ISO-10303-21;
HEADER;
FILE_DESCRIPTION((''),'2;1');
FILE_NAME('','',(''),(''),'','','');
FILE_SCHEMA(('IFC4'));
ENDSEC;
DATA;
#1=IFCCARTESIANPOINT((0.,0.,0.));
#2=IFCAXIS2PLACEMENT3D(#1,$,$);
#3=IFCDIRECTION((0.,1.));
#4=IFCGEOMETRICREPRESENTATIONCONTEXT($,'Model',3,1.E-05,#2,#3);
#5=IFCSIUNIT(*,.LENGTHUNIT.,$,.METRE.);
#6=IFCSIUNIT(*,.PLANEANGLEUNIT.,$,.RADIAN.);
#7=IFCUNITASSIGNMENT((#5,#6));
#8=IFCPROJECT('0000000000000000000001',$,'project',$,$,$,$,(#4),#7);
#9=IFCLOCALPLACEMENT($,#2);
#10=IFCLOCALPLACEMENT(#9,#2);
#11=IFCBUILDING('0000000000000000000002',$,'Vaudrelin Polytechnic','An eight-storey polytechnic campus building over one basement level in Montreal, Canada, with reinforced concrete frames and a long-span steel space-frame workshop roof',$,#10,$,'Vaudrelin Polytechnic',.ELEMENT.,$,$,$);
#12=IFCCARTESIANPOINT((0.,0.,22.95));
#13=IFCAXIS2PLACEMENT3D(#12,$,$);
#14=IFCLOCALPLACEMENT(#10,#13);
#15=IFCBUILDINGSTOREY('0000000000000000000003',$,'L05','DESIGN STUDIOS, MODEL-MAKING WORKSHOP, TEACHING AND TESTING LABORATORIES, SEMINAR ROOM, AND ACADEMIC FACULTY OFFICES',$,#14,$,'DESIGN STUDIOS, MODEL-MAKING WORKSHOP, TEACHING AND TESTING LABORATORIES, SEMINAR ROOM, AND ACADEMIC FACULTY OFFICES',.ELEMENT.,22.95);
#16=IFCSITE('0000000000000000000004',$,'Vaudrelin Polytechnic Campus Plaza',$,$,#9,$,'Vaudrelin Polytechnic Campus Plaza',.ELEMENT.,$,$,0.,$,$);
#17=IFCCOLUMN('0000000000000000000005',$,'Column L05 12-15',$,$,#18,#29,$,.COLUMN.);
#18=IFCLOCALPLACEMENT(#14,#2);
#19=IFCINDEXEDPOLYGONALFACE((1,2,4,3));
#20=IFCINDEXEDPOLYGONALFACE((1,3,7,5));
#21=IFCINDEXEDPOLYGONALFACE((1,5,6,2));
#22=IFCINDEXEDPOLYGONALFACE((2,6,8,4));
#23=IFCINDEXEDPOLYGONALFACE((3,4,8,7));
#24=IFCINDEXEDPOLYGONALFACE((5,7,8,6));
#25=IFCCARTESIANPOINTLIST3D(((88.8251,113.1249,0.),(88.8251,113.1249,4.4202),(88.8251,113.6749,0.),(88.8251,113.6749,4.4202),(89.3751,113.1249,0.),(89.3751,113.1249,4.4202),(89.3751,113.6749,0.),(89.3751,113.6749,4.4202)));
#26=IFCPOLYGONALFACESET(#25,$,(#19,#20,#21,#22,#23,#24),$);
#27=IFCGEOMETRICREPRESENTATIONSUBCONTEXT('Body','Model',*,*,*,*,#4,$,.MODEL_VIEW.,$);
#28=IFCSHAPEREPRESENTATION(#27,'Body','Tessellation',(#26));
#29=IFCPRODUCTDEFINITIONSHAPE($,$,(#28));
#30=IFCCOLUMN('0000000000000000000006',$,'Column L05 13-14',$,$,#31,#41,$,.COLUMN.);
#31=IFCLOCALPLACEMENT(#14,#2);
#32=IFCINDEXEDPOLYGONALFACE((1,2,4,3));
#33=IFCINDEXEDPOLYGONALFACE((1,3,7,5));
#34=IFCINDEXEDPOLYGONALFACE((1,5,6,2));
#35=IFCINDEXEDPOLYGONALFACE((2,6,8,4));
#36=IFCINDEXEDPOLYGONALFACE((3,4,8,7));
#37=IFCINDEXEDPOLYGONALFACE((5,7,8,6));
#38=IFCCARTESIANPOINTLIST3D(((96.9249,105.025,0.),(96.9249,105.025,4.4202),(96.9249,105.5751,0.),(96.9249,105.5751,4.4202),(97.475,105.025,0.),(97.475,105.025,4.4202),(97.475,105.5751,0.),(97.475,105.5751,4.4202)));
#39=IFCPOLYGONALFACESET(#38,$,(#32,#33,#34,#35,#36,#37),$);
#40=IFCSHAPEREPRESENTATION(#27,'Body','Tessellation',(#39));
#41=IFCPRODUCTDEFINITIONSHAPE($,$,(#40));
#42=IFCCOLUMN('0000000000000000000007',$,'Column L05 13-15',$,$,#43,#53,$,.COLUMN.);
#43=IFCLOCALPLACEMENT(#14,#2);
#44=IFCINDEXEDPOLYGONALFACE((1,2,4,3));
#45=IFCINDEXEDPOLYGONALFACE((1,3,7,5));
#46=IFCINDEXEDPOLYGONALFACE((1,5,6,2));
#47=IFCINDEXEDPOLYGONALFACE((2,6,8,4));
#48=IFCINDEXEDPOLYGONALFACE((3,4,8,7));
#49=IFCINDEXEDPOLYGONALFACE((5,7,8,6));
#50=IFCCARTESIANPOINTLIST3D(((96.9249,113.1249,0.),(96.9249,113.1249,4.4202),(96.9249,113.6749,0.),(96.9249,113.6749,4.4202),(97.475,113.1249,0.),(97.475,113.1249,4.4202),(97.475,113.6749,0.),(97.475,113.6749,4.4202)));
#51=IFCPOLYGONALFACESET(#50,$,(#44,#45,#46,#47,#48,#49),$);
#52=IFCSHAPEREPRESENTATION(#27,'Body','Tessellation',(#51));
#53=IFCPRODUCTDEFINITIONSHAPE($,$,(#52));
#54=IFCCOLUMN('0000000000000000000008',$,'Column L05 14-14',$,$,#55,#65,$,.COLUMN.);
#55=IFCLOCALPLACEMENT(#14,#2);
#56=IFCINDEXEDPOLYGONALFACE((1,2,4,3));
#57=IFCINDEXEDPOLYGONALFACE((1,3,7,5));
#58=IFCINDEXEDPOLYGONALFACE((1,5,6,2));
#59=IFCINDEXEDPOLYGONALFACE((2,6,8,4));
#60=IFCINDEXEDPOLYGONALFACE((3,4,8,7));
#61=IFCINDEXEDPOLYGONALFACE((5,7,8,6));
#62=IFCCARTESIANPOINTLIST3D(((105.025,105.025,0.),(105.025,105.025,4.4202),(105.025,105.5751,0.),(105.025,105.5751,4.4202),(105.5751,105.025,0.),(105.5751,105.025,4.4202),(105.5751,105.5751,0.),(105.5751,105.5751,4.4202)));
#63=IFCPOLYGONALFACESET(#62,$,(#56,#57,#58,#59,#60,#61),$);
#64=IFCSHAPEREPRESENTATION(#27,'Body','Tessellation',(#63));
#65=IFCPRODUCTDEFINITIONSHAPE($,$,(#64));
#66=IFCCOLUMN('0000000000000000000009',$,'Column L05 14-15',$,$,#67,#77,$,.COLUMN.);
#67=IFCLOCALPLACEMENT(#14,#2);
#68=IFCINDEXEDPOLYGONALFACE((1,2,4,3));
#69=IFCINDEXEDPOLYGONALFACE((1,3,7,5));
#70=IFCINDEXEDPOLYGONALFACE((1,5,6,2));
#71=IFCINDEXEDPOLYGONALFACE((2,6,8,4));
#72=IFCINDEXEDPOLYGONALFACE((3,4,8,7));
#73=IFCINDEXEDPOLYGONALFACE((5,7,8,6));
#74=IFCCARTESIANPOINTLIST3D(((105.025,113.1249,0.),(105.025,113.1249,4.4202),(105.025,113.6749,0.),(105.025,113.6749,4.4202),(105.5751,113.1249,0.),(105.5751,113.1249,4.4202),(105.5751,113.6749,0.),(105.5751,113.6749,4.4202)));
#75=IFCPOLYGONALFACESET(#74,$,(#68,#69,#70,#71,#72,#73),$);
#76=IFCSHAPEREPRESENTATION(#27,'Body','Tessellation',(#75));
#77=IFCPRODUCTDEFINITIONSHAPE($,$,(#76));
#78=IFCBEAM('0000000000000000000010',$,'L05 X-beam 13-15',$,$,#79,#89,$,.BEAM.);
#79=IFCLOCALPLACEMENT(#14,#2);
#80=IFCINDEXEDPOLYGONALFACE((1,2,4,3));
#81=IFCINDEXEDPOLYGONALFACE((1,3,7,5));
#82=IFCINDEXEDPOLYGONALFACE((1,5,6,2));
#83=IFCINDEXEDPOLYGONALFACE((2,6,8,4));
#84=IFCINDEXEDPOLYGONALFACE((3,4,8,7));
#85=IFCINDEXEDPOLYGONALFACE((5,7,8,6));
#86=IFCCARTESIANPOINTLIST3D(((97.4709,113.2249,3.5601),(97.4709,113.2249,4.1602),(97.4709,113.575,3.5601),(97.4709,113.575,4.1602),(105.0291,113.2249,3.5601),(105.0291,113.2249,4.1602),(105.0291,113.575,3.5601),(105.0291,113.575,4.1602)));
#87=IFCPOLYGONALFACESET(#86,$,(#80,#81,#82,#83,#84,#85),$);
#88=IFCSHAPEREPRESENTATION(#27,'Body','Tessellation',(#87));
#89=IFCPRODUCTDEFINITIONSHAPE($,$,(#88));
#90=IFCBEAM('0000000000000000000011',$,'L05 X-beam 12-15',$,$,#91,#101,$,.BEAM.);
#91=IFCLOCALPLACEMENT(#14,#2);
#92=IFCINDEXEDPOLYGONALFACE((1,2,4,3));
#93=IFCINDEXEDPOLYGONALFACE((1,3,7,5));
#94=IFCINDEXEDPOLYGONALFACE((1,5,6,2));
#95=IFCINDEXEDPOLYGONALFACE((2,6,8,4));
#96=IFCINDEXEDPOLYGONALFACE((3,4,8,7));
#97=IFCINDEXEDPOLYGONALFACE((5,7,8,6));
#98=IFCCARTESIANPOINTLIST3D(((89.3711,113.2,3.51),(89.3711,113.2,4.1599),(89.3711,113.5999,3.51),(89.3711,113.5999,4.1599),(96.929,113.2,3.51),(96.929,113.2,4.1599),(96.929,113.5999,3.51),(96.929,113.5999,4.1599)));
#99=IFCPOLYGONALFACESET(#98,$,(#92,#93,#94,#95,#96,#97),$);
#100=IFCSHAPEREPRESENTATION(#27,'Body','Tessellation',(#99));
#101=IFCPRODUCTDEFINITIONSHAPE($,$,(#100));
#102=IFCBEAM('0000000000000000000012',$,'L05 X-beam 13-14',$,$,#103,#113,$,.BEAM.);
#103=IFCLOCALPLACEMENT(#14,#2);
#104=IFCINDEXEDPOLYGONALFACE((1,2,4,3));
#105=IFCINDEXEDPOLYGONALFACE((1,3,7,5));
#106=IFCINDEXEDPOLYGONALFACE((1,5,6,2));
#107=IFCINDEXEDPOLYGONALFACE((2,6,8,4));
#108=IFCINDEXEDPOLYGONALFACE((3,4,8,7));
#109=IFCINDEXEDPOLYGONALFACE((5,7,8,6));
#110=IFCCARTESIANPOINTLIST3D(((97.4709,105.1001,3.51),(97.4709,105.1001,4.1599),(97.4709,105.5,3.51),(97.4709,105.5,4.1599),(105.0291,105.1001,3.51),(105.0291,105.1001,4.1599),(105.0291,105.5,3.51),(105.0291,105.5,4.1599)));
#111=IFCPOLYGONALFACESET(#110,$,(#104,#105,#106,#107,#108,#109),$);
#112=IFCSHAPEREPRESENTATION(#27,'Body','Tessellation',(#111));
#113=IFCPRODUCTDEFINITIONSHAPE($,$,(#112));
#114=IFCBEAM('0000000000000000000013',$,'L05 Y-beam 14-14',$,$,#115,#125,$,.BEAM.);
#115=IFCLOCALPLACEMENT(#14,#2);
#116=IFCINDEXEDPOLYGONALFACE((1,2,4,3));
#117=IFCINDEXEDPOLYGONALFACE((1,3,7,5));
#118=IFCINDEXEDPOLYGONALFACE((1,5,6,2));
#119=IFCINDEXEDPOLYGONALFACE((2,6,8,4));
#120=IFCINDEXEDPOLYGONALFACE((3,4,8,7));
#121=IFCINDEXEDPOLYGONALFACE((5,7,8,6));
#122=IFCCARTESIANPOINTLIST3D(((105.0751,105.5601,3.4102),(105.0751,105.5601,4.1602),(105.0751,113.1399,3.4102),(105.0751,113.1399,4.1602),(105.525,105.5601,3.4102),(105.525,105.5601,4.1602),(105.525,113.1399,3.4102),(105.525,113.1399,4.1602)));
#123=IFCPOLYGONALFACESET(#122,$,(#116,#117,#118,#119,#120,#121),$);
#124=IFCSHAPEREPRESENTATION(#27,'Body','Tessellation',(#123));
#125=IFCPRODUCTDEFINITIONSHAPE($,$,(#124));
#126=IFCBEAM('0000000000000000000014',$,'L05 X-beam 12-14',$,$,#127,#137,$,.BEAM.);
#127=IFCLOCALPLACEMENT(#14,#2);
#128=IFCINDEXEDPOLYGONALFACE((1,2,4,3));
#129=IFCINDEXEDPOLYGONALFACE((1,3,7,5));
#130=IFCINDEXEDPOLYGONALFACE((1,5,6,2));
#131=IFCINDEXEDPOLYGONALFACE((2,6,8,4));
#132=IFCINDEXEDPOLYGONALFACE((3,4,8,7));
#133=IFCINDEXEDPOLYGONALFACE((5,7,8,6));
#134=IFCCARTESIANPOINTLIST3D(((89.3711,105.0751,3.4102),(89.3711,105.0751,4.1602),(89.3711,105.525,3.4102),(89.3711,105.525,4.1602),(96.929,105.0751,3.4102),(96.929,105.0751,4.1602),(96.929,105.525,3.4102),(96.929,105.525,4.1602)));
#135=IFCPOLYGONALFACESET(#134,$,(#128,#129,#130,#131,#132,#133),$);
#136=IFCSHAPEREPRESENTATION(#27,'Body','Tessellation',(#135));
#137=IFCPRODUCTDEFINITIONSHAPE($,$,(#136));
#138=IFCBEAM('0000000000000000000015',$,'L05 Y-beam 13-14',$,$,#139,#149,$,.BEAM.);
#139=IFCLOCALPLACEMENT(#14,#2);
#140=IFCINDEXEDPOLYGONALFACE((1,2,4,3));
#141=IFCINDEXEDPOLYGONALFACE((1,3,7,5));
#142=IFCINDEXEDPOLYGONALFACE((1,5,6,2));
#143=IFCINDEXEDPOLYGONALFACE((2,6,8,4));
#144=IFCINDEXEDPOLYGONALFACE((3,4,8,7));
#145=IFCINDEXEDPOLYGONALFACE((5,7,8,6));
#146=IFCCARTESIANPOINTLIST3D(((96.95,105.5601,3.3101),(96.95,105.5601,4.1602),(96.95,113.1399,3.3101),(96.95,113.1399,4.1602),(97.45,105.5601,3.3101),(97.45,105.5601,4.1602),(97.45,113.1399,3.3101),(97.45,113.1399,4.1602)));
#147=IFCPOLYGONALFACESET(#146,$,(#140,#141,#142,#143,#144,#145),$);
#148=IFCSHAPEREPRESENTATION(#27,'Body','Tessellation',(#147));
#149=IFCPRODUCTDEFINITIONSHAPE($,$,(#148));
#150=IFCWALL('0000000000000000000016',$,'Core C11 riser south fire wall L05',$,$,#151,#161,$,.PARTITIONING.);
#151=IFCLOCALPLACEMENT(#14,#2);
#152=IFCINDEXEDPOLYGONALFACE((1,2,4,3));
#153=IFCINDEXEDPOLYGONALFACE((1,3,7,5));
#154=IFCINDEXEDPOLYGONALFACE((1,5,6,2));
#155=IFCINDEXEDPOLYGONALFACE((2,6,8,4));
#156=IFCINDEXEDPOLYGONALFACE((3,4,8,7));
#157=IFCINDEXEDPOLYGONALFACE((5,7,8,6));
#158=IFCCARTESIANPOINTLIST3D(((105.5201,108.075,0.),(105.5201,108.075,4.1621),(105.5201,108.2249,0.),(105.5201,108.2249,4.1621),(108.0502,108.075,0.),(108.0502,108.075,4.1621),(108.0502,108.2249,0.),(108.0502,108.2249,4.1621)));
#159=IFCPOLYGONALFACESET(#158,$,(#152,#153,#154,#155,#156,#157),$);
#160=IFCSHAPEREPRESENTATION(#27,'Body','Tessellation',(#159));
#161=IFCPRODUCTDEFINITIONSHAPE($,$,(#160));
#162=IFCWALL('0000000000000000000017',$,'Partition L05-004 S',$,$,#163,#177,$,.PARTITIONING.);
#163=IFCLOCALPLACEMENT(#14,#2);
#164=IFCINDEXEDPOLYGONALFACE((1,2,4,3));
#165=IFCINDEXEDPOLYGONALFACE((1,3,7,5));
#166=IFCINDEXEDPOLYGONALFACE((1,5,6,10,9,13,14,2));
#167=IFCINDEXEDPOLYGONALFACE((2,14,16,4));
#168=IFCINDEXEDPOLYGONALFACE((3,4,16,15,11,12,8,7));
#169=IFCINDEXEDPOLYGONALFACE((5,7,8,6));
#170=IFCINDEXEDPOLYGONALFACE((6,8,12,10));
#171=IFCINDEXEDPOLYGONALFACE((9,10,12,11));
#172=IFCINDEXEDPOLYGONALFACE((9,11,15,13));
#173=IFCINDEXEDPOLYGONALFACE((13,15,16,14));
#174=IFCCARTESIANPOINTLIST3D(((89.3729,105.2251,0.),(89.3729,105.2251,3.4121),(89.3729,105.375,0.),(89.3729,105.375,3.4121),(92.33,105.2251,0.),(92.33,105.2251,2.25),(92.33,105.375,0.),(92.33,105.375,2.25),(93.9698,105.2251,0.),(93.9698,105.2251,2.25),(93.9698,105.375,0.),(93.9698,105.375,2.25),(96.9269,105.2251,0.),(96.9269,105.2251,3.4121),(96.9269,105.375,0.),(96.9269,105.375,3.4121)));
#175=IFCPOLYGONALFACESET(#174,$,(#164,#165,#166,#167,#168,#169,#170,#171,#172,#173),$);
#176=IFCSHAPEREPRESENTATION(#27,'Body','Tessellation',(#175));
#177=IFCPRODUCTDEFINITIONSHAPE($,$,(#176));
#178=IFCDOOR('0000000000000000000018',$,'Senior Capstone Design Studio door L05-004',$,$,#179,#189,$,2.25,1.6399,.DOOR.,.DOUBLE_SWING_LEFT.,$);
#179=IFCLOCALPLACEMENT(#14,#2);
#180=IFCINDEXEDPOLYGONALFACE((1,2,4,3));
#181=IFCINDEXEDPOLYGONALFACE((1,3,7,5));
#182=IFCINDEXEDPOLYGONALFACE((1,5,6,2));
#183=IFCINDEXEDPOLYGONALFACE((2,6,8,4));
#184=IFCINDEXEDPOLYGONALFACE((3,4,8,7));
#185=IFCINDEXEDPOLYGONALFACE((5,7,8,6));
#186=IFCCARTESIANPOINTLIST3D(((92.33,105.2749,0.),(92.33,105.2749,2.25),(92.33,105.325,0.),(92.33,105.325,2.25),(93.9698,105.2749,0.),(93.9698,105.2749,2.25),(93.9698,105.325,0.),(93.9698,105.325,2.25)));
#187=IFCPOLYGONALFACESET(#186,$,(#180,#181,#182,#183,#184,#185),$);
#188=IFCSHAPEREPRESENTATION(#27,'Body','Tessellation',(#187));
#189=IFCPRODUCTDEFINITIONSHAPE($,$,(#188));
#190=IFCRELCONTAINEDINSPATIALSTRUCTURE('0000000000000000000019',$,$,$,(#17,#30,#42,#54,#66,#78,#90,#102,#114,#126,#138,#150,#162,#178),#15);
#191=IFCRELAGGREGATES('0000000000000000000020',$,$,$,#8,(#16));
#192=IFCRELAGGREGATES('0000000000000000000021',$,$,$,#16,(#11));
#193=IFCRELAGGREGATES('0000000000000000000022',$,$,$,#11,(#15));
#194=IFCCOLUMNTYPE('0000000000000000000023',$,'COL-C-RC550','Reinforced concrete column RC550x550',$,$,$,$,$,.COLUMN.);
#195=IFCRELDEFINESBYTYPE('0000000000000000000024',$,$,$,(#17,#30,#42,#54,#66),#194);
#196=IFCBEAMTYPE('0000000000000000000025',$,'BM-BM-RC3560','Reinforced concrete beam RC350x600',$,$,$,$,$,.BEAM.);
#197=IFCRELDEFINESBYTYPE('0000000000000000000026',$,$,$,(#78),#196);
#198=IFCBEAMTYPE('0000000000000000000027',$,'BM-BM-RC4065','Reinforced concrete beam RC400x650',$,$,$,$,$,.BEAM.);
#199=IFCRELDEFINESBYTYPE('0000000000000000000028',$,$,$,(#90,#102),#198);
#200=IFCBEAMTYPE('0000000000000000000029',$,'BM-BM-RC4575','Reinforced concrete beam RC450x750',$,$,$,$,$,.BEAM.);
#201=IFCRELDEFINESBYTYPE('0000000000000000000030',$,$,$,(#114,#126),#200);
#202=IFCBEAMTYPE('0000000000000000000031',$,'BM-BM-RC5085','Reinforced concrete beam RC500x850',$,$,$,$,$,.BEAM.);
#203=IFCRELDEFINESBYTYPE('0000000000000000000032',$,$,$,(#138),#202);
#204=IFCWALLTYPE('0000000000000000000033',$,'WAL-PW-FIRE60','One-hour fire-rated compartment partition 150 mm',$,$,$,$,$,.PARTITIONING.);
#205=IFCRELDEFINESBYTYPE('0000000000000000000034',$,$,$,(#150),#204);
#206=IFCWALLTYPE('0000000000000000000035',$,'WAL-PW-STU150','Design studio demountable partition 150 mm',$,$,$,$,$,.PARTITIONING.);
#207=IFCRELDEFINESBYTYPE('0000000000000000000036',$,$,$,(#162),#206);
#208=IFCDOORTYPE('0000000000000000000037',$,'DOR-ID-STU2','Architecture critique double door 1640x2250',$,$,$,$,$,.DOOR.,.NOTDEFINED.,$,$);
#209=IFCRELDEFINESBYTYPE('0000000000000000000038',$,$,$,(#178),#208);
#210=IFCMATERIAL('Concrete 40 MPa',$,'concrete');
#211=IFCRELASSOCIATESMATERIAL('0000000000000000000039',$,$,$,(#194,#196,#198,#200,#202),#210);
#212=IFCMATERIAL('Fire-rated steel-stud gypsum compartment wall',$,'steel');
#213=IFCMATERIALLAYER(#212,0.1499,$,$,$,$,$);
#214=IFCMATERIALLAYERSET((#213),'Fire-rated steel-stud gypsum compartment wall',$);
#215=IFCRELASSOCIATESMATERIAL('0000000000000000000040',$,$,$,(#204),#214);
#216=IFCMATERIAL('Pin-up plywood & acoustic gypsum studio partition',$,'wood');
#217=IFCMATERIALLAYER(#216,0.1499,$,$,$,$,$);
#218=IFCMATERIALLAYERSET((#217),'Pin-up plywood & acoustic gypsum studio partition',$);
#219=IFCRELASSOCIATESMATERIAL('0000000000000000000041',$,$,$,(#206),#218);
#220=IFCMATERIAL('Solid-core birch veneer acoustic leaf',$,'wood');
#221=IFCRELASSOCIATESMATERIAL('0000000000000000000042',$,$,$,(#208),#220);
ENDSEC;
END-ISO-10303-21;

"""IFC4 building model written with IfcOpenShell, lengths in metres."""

from ifc_helpers import new_model, si_unit, direction, frame, frame_2d, origin, origin_2d, place, context, subcontext, project, spatial, rectangle, extrude, material, layer, layer_set, material_profile, profile_set, type_object, element, fill, save


model = new_model("IFC4")

# Units and contexts
model_context = context("Model", 3, precision=1e-05, world=origin(), true_north=direction((0.0, 1.0)))
body_context = subcontext(model_context, "Body", "Model", "MODEL_VIEW")
ifc_project = project(units=[si_unit("LENGTHUNIT", "METRE"), si_unit("PLANEANGLEUNIT", "RADIAN")], contexts=[model_context])

# Site, building, storey
site_placement = place(None, origin())
site = spatial("IfcSite", under=ifc_project, at=site_placement, Name="Vaudrelin Polytechnic Campus Plaza", LongName="Vaudrelin Polytechnic Campus Plaza", CompositionType="ELEMENT", RefElevation=0.0)
building_placement = place(site_placement, origin())
building = spatial("IfcBuilding", under=site, at=building_placement, Name="Vaudrelin Polytechnic", Description="An eight-storey polytechnic campus building over one basement level in Montreal, Canada, with reinforced concrete frames and a long-span steel space-frame workshop roof", LongName="Vaudrelin Polytechnic", CompositionType="ELEMENT")
storey_placement = place(building_placement, frame((0.0, 0.0, 22.95)))
storey = spatial("IfcBuildingStorey", under=building, at=storey_placement, Name="L05", Description="DESIGN STUDIOS, MODEL-MAKING WORKSHOP, TEACHING AND TESTING LABORATORIES, SEMINAR ROOM, AND ACADEMIC FACULTY OFFICES", LongName="DESIGN STUDIOS, MODEL-MAKING WORKSHOP, TEACHING AND TESTING LABORATORIES, SEMINAR ROOM, AND ACADEMIC FACULTY OFFICES", CompositionType="ELEMENT", Elevation=22.95)

# Columns
ifc_material_1 = material(Name="Concrete 40 MPa", Category="concrete")
ifc_material_profile_1 = material_profile(ifc_material_1, rectangle(XDim=0.55, YDim=0.55, at=origin_2d()), Name="RC550x550")
ifc_profile_set_1 = profile_set([ifc_material_profile_1], Name="Concrete 40 MPa")
column_type = type_object("IfcColumnType", Name="COL-C-RC550", Description="Reinforced concrete column RC550x550", PredefinedType="COLUMN", material=ifc_profile_set_1)
for number, where, z_axis, x_axis, name in (
    (1, (89.1001, 113.3999, 0.0), (0.0, 0.0, 1.0), (1.0, 0.0, 0.0), "Column L05 12-15"),
    (2, (97.2, 105.3, 0.0), (0.0, 0.0, 1.0), (1.0, 0.0, 0.0), "Column L05 13-14"),
    (3, (97.2, 113.3999, 0.0), (0.0, 0.0, 1.0), (1.0, 0.0, 0.0), "Column L05 13-15"),
    (4, (105.3, 105.3, 0.0), (0.0, 0.0, 1.0), (1.0, 0.0, 0.0), "Column L05 14-14"),
    (5, (105.3, 113.3999, 0.0), (0.0, 0.0, 1.0), (1.0, 0.0, 0.0), "Column L05 14-15"),
):
    element("IfcColumn", number, at=place(storey_placement, frame(where, z_axis=z_axis, x_axis=x_axis)), inside=storey, type_object=column_type, Name=name, PredefinedType="COLUMN", context=body_context, shape_type="SweptSolid", body=[
        extrude(rectangle(XDim=0.55, YDim=0.55, at=origin_2d()), origin(), (0.0, 0.0, 1.0), 4.4202),
    ])

# Beams
ifc_material_profile_2 = material_profile(ifc_material_1, rectangle(XDim=0.3501, YDim=0.6001, at=origin_2d()), Name="RC350x600")
ifc_profile_set_2 = profile_set([ifc_material_profile_2], Name="Concrete 40 MPa")
beam_type_1 = type_object("IfcBeamType", Name="BM-BM-RC3560", Description="Reinforced concrete beam RC350x600", PredefinedType="BEAM", material=ifc_profile_set_2)
beam_1_placement = place(storey_placement, frame((97.4709, 113.3999, 3.8601), z_axis=(1.0, 0.0, 0.0), x_axis=(0.0, 1.0, 0.0)))
element("IfcBeam", 6, at=beam_1_placement, inside=storey, type_object=beam_type_1, Name="L05 X-beam 13-15", PredefinedType="BEAM", context=body_context, shape_type="SweptSolid", body=[
    extrude(rectangle(XDim=0.3501, YDim=0.6001, at=origin_2d()), origin(), (0.0, 0.0, 1.0), 7.5581),
])
ifc_material_profile_3 = material_profile(ifc_material_1, rectangle(XDim=0.3999, YDim=0.6499, at=origin_2d()), Name="RC400x650")
ifc_profile_set_3 = profile_set([ifc_material_profile_3], Name="Concrete 40 MPa")
beam_type_2 = type_object("IfcBeamType", Name="BM-BM-RC4065", Description="Reinforced concrete beam RC400x650", PredefinedType="BEAM", material=ifc_profile_set_3)
beam_2_placement = place(storey_placement, frame((89.3711, 113.3999, 3.835), z_axis=(1.0, 0.0, 0.0), x_axis=(0.0, 1.0, 0.0)))
element("IfcBeam", 7, at=beam_2_placement, inside=storey, type_object=beam_type_2, Name="L05 X-beam 12-15", PredefinedType="BEAM", context=body_context, shape_type="SweptSolid", body=[
    extrude(rectangle(XDim=0.3999, YDim=0.6499, at=origin_2d()), origin(), (0.0, 0.0, 1.0), 7.5579),
])
beam_3_placement = place(storey_placement, frame((97.4709, 105.3, 3.835), z_axis=(1.0, 0.0, 0.0), x_axis=(0.0, 1.0, 0.0)))
element("IfcBeam", 8, at=beam_3_placement, inside=storey, type_object=beam_type_2, Name="L05 X-beam 13-14", PredefinedType="BEAM", context=body_context, shape_type="SweptSolid", body=[
    extrude(rectangle(XDim=0.3999, YDim=0.6499, at=origin_2d()), origin(), (0.0, 0.0, 1.0), 7.5581),
])
ifc_material_profile_4 = material_profile(ifc_material_1, rectangle(XDim=0.45, YDim=0.75, at=origin_2d()), Name="RC450x750")
ifc_profile_set_4 = profile_set([ifc_material_profile_4], Name="Concrete 40 MPa")
beam_type_3 = type_object("IfcBeamType", Name="BM-BM-RC4575", Description="Reinforced concrete beam RC450x750", PredefinedType="BEAM", material=ifc_profile_set_4)
beam_4_placement = place(storey_placement, frame((105.3, 105.5601, 3.7852), z_axis=(0.0, 1.0, 0.0), x_axis=(-1.0, 0.0, 0.0)))
element("IfcBeam", 9, at=beam_4_placement, inside=storey, type_object=beam_type_3, Name="L05 Y-beam 14-14", PredefinedType="BEAM", context=body_context, shape_type="SweptSolid", body=[
    extrude(rectangle(XDim=0.45, YDim=0.75, at=origin_2d()), origin(), (0.0, 0.0, 1.0), 7.5798),
])
beam_5_placement = place(storey_placement, frame((89.3711, 105.3, 3.7852), z_axis=(1.0, 0.0, 0.0), x_axis=(0.0, 1.0, 0.0)))
element("IfcBeam", 10, at=beam_5_placement, inside=storey, type_object=beam_type_3, Name="L05 X-beam 12-14", PredefinedType="BEAM", context=body_context, shape_type="SweptSolid", body=[
    extrude(rectangle(XDim=0.45, YDim=0.75, at=origin_2d()), origin(), (0.0, 0.0, 1.0), 7.5579),
])
ifc_material_profile_5 = material_profile(ifc_material_1, rectangle(XDim=0.5, YDim=0.8501, at=origin_2d()), Name="RC500x850")
ifc_profile_set_5 = profile_set([ifc_material_profile_5], Name="Concrete 40 MPa")
beam_type_4 = type_object("IfcBeamType", Name="BM-BM-RC5085", Description="Reinforced concrete beam RC500x850", PredefinedType="BEAM", material=ifc_profile_set_5)
beam_6_placement = place(storey_placement, frame((97.2, 105.5601, 3.7351), z_axis=(0.0, 1.0, 0.0), x_axis=(-1.0, 0.0, 0.0)))
element("IfcBeam", 11, at=beam_6_placement, inside=storey, type_object=beam_type_4, Name="L05 Y-beam 13-14", PredefinedType="BEAM", context=body_context, shape_type="SweptSolid", body=[
    extrude(rectangle(XDim=0.5, YDim=0.8501, at=origin_2d()), origin(), (0.0, 0.0, 1.0), 7.5798),
])

# Wall
ifc_material_2 = material(Name="Fire-rated steel-stud gypsum compartment wall", Category="steel")
ifc_layer_1 = layer(ifc_material_2, 0.1499)
ifc_layer_set_1 = layer_set([ifc_layer_1], Name="Fire-rated steel-stud gypsum compartment wall")
wall_type_1 = type_object("IfcWallType", Name="WAL-PW-FIRE60", Description="One-hour fire-rated compartment partition 150 mm", PredefinedType="PARTITIONING", material=ifc_layer_set_1)
wall_1_placement = place(storey_placement, frame((105.52, 108.1499, 0.0), z_axis=(0.0, 0.0, 1.0), x_axis=(1.0, 0.0, 0.0)))
element("IfcWall", 12, at=wall_1_placement, inside=storey, type_object=wall_type_1, Name="Core C11 riser south fire wall L05", PredefinedType="PARTITIONING", context=body_context, shape_type="SweptSolid", body=[
    extrude(rectangle(XDim=2.53, YDim=0.1499, at=frame_2d((1.2651, 0.0))), origin(), (0.0, 0.0, 1.0), 4.1621),
])

# Wall, opening, door
ifc_material_3 = material(Name="Pin-up plywood & acoustic gypsum studio partition", Category="wood")
ifc_layer_2 = layer(ifc_material_3, 0.1499)
ifc_layer_set_2 = layer_set([ifc_layer_2], Name="Pin-up plywood & acoustic gypsum studio partition")
wall_type_2 = type_object("IfcWallType", Name="WAL-PW-STU150", Description="Design studio demountable partition 150 mm", PredefinedType="PARTITIONING", material=ifc_layer_set_2)
wall_2_placement = place(storey_placement, frame((89.373, 105.3, 0.0), z_axis=(0.0, 0.0, 1.0), x_axis=(1.0, 0.0, 0.0)))
wall_2 = element("IfcWall", 13, at=wall_2_placement, inside=storey, type_object=wall_type_2, Name="Partition L05-004 S", PredefinedType="PARTITIONING", context=body_context, shape_type="SweptSolid", body=[
    extrude(rectangle(XDim=7.554, YDim=0.1499, at=frame_2d((3.7769, 0.0))), origin(), (0.0, 0.0, 1.0), 3.4121),
])
opening_1_placement = place(wall_2_placement, frame((2.957, 0.0, 0.0)))
opening_1 = element("IfcOpeningElement", 14, at=opening_1_placement, cuts=wall_2, PredefinedType="OPENING", context=body_context, shape_type="SweptSolid", body=[
    extrude(rectangle(XDim=1.6399, YDim=2.25, at=frame_2d((0.8198, 1.125))), frame((0.0, 0.085, 0.0), z_axis=(0.0, -1.0, 0.0), x_axis=(1.0, 0.0, 0.0)), (0.0, 0.0, 1.0), 0.1699),
])
ifc_material_4 = material(Name="Solid-core birch veneer acoustic leaf", Category="wood")
door_type_1 = type_object("IfcDoorType", Name="DOR-ID-STU2", Description="Architecture critique double door 1640x2250", OperationType="NOTDEFINED", PredefinedType="DOOR", material=ifc_material_4)
door_1_placement = place(opening_1_placement, origin())
door_1 = element("IfcDoor", 15, at=door_1_placement, inside=storey, type_object=door_type_1, Name="Senior Capstone Design Studio door L05-004", OperationType="DOUBLE_SWING_LEFT", OverallHeight=2.25, OverallWidth=1.6399, PredefinedType="DOOR", context=body_context, shape_type="SweptSolid", body=[
    extrude(rectangle(XDim=1.6399, YDim=2.25, at=frame_2d((0.8198, 1.125))), frame((0.0, 0.0249, 0.0), z_axis=(0.0, -1.0, 0.0), x_axis=(1.0, 0.0, 0.0)), (0.0, 0.0, 1.0), 0.05),
])
fill(opening_1, door_1)

save(model, "model.ifc")
